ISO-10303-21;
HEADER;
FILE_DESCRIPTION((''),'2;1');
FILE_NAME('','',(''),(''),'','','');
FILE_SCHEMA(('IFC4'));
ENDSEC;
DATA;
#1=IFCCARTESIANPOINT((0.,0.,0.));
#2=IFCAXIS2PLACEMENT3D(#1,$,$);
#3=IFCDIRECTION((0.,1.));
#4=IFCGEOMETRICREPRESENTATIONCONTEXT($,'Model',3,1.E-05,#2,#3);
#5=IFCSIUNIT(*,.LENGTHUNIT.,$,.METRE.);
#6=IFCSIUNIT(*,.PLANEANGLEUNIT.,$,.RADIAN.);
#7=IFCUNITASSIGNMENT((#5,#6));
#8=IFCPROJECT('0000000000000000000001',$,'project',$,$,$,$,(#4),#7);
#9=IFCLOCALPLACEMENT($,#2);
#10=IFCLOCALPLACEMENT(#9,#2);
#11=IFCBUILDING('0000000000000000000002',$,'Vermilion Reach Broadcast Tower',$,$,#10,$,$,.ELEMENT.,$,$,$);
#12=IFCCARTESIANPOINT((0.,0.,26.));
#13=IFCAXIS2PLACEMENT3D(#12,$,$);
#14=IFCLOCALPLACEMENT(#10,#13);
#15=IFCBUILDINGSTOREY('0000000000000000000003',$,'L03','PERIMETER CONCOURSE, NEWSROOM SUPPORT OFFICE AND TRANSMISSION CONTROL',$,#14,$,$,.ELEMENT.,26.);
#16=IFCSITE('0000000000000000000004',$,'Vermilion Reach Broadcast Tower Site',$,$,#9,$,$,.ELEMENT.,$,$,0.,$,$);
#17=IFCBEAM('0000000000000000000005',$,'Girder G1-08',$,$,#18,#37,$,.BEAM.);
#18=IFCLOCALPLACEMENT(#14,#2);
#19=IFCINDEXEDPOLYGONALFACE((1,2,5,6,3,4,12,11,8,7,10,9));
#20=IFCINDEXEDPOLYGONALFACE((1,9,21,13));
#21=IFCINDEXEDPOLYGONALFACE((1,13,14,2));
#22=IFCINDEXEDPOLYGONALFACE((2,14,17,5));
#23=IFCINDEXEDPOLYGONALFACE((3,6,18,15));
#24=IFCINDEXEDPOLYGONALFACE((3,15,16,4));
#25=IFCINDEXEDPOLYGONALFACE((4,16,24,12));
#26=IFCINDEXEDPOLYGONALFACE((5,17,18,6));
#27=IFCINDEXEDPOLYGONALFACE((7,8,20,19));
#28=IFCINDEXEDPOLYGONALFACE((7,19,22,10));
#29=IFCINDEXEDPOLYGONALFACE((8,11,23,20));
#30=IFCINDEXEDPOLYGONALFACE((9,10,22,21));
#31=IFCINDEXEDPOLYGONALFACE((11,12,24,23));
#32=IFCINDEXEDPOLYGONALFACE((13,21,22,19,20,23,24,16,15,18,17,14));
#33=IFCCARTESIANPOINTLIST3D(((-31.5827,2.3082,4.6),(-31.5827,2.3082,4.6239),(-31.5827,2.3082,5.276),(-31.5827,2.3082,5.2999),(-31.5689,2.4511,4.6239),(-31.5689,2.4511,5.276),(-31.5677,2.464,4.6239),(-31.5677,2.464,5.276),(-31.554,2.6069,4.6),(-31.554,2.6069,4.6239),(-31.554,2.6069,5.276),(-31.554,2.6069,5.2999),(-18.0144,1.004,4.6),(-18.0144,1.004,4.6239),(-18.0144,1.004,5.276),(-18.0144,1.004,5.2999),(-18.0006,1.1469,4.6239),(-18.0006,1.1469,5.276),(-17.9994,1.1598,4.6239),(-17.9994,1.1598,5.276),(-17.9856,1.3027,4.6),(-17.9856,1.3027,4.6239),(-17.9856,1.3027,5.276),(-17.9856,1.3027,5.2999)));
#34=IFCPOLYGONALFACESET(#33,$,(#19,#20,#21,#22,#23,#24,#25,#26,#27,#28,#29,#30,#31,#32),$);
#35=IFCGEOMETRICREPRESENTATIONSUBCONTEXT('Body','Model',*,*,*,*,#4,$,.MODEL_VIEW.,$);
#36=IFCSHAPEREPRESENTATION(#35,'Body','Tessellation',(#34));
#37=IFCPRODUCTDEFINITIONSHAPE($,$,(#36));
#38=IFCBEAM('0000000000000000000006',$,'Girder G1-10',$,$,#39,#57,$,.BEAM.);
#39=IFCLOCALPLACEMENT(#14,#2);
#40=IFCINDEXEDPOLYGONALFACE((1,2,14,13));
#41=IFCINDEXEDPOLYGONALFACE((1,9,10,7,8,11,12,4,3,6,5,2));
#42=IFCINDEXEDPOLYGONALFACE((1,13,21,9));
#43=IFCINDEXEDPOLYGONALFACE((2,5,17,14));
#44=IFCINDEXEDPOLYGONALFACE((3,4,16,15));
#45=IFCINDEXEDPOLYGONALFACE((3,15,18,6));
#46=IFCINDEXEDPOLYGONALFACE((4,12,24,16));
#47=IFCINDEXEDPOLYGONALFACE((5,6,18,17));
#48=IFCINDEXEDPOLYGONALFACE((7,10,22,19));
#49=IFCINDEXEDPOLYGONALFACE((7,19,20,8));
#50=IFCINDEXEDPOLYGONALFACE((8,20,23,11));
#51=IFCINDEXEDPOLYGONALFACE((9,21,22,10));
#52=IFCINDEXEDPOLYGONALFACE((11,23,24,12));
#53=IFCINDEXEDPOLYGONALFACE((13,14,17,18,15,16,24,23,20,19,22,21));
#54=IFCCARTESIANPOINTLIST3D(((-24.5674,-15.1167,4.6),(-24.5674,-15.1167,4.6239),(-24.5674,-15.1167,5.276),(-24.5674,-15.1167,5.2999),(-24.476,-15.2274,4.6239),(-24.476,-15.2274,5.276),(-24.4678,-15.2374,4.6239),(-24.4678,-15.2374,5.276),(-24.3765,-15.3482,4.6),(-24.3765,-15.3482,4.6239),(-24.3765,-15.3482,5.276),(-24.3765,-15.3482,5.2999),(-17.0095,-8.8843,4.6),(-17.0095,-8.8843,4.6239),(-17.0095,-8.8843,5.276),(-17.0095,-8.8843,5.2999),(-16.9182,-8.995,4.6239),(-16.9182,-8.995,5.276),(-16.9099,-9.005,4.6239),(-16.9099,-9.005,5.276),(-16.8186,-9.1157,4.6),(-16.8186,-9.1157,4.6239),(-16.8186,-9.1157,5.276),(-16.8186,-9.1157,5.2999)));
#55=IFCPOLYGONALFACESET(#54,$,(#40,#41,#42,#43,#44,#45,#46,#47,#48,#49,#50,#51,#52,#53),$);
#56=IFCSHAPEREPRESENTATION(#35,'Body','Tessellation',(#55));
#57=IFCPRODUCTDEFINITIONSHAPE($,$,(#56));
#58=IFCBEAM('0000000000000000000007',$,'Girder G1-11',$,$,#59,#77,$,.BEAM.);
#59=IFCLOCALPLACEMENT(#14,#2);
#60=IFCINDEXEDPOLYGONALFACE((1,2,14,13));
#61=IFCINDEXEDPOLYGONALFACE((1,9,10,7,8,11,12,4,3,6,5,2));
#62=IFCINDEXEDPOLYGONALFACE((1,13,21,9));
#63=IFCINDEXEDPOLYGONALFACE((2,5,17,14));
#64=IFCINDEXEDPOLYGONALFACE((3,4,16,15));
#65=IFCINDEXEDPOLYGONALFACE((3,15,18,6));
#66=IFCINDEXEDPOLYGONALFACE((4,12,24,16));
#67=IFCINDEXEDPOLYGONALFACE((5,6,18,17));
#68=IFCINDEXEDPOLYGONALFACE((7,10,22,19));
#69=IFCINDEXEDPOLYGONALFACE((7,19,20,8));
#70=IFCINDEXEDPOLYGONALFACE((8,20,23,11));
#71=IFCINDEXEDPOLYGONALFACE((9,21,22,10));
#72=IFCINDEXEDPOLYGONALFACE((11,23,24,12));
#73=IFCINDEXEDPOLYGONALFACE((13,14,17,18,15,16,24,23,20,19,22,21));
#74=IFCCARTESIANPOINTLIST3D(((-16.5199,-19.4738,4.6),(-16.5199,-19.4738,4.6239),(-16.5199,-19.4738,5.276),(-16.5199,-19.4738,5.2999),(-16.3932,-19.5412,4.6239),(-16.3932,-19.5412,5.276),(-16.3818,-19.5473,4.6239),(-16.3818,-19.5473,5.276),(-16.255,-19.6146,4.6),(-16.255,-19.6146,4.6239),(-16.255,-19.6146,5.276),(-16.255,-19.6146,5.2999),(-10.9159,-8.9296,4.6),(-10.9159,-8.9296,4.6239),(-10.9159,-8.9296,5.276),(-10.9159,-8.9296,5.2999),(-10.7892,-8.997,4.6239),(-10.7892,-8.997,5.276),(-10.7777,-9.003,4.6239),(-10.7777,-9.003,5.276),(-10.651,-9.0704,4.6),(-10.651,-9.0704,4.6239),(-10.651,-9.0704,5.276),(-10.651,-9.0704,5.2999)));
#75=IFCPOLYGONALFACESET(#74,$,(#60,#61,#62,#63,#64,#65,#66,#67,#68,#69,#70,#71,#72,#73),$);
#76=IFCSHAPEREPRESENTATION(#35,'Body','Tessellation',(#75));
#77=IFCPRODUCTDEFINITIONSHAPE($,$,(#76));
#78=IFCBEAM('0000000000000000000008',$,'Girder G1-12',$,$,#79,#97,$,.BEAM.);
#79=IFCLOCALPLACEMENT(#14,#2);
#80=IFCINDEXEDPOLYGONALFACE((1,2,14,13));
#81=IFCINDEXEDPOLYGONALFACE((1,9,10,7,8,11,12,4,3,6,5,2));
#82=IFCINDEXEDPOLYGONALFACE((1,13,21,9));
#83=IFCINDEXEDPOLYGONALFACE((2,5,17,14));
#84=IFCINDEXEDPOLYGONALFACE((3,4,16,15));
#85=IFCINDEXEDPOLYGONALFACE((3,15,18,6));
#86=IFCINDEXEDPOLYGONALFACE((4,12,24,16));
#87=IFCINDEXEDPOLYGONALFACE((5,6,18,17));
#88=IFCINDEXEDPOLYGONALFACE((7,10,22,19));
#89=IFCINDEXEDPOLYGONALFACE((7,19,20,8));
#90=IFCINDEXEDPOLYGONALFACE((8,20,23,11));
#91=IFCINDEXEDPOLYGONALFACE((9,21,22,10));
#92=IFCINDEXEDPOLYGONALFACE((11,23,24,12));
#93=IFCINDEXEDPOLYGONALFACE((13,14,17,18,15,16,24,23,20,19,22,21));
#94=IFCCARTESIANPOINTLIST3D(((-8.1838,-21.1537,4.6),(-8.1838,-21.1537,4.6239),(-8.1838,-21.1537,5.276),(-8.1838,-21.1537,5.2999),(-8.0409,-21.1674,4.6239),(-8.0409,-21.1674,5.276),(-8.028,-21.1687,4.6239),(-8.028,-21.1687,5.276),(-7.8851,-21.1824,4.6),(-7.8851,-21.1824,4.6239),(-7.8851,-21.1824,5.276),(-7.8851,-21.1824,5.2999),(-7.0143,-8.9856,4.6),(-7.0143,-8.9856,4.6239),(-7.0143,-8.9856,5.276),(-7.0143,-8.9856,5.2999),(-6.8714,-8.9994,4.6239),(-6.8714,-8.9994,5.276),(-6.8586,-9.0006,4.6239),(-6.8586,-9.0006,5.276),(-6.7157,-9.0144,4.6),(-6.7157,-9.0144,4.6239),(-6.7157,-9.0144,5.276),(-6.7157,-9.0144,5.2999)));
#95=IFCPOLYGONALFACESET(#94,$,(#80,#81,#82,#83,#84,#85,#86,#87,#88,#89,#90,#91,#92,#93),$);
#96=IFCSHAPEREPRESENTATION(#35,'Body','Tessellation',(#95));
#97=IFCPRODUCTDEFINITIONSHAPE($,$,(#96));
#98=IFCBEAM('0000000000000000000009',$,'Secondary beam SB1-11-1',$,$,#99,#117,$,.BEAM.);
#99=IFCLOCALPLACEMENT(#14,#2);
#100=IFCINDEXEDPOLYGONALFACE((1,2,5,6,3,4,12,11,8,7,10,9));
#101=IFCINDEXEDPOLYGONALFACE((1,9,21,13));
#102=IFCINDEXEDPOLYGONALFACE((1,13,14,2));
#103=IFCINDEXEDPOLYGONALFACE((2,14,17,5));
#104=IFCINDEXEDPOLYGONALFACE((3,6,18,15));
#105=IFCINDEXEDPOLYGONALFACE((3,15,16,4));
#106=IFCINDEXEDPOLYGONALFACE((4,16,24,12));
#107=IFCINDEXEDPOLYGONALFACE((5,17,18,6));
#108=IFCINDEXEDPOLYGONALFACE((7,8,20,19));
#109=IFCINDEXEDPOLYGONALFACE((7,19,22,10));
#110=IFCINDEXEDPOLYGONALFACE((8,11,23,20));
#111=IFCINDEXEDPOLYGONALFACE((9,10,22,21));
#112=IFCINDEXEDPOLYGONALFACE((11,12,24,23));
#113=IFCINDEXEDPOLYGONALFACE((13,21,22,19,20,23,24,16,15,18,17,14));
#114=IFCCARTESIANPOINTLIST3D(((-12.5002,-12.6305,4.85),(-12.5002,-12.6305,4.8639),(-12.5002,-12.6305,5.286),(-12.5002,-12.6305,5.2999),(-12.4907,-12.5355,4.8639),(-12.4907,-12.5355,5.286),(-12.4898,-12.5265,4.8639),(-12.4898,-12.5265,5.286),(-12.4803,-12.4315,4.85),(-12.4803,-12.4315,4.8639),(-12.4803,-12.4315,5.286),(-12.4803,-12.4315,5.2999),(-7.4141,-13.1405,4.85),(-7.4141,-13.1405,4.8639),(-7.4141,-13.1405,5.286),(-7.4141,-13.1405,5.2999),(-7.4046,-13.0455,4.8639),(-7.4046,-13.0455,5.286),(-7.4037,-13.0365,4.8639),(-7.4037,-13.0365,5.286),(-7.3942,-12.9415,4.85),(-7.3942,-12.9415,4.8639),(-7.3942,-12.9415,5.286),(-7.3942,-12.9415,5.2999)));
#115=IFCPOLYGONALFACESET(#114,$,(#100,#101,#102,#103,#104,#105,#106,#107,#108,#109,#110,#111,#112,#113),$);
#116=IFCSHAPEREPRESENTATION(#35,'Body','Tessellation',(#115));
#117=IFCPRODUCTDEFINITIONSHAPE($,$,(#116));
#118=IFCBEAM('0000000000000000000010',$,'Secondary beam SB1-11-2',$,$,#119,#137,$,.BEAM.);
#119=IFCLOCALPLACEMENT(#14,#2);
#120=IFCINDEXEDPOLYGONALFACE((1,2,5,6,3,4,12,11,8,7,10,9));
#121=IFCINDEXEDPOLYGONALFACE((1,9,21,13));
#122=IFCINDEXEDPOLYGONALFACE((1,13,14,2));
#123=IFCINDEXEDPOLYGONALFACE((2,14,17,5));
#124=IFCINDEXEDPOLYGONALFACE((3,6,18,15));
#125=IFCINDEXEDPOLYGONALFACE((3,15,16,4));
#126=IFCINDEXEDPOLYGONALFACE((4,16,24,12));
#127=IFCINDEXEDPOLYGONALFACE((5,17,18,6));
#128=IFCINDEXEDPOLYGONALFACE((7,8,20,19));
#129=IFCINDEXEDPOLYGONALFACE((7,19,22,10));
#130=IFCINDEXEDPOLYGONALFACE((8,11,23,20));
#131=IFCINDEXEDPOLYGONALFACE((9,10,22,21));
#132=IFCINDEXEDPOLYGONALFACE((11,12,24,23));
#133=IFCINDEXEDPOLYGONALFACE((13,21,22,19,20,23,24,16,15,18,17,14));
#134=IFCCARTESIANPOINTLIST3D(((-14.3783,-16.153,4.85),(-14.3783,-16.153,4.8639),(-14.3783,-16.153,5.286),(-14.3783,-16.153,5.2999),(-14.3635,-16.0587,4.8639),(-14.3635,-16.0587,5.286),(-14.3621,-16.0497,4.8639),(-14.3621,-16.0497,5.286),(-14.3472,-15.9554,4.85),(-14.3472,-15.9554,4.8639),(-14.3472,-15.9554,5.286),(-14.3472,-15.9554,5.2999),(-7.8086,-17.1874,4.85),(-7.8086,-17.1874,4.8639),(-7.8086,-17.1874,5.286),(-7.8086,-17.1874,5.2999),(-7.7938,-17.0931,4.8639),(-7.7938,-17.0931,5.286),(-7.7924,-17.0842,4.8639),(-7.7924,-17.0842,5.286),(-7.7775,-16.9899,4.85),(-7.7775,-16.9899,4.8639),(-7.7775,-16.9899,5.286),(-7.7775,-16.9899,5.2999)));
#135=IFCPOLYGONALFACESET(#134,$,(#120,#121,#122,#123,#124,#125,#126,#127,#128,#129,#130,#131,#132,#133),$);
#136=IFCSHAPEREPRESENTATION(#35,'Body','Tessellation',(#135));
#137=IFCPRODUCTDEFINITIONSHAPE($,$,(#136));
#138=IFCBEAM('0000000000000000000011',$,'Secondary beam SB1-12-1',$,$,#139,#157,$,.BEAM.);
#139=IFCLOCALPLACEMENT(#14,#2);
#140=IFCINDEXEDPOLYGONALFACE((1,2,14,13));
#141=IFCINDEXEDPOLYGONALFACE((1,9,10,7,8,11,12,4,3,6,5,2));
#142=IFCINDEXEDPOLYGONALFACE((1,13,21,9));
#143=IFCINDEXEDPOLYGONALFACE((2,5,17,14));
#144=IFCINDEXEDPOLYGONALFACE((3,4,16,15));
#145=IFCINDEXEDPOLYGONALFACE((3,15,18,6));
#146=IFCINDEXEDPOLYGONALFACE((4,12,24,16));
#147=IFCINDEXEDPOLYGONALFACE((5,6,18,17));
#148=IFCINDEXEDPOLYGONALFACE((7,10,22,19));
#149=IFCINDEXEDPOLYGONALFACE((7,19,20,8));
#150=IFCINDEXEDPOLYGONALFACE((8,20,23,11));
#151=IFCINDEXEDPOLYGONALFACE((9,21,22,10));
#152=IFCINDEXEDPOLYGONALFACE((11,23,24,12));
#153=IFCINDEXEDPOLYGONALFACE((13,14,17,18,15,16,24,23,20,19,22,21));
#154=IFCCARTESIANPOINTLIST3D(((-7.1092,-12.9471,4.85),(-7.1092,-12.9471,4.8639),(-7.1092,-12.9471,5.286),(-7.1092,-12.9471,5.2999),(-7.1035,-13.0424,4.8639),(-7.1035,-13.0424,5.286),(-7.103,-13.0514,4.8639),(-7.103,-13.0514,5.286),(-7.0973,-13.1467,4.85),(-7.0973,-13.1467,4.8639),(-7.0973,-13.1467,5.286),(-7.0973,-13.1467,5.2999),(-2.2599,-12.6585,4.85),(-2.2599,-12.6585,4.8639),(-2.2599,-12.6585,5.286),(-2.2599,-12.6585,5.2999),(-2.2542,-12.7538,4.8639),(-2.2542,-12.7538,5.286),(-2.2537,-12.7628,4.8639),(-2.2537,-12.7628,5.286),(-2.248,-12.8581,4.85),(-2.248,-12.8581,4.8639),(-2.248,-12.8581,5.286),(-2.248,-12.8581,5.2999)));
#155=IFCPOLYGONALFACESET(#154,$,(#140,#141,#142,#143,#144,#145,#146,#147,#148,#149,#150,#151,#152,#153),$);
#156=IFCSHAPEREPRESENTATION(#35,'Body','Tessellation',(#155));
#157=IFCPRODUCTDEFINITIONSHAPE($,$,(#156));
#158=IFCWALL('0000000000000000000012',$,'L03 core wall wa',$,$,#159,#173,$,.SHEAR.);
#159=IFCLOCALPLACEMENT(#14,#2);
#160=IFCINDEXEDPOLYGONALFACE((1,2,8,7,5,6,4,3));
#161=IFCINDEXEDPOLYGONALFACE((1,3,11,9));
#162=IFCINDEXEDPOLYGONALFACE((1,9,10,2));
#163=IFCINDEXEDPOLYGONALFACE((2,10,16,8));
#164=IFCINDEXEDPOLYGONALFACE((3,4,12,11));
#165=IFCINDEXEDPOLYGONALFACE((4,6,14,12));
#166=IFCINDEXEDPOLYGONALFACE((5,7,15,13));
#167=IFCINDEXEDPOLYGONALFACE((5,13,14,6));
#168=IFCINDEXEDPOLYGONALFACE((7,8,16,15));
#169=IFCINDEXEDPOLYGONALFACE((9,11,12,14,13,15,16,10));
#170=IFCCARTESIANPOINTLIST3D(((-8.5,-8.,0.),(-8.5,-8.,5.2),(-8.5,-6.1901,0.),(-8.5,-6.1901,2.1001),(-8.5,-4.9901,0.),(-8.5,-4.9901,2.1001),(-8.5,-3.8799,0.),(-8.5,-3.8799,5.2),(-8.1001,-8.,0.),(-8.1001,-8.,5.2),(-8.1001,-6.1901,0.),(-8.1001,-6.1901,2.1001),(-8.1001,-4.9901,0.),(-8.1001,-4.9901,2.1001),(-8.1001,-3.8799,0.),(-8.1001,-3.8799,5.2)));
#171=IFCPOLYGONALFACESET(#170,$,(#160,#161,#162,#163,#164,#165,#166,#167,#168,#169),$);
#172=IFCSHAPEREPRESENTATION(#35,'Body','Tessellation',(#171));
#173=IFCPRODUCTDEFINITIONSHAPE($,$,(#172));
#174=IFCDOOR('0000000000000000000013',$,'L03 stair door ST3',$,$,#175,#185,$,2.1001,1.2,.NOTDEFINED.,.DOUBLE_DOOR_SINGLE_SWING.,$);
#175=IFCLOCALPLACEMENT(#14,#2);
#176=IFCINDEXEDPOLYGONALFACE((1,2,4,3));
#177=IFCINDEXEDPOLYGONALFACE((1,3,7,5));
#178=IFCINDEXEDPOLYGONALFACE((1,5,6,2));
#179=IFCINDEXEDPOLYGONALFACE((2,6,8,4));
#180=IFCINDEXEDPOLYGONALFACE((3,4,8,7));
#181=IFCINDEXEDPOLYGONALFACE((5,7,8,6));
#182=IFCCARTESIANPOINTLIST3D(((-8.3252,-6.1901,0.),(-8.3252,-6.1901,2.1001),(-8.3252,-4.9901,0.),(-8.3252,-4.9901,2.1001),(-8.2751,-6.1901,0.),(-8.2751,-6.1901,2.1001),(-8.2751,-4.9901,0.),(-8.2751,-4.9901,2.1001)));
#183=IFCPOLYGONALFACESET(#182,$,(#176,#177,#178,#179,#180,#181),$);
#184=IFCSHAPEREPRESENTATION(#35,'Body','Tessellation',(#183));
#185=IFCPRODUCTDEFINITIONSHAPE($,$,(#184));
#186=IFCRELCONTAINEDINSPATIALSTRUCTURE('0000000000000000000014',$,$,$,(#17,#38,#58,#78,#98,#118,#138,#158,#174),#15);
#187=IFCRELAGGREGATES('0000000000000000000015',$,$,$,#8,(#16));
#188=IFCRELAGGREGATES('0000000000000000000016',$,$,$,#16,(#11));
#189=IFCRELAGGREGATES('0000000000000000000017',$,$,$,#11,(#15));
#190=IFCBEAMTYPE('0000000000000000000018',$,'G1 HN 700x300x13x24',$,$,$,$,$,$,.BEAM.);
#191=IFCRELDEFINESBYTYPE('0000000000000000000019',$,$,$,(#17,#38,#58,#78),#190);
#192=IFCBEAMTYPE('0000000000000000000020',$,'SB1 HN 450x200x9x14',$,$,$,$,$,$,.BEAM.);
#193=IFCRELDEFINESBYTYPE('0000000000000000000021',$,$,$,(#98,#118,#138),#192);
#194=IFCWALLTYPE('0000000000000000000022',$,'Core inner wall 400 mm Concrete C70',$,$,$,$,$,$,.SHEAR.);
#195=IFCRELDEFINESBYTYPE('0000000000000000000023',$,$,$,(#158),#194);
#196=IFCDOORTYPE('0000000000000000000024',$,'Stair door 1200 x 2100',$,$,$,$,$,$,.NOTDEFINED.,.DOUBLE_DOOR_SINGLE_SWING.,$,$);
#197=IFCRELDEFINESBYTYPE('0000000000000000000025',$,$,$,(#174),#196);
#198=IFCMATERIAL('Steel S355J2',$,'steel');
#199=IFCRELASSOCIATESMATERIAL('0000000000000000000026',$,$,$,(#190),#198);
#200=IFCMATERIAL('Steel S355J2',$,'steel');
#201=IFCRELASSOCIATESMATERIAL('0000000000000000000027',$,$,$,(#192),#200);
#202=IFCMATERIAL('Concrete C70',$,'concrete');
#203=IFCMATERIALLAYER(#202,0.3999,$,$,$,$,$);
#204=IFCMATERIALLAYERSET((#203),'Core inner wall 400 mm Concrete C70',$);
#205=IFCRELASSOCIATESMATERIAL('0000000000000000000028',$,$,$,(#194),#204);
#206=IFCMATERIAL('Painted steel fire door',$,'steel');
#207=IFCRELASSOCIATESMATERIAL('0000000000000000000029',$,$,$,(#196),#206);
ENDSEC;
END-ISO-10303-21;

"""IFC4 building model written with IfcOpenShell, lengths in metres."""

from ifc_helpers import new_model, si_unit, direction, frame, frame_2d, origin, origin_2d, place, context, subcontext, project, spatial, rectangle, i_section, extrude, material, layer, layer_set, material_profile, profile_set, type_object, element, fill, save


model = new_model("IFC4")

# Units and contexts
model_context = context("Model", 3, precision=1e-05, world=origin(), true_north=direction((0.0, 1.0)))
body_context = subcontext(model_context, "Body", "Model", "MODEL_VIEW")
ifc_project = project(units=[si_unit("LENGTHUNIT", "METRE"), si_unit("PLANEANGLEUNIT", "RADIAN")], contexts=[model_context])

# Site, building, storey
site_placement = place(None, origin())
site = spatial("IfcSite", under=ifc_project, at=site_placement, Name="Vermilion Reach Broadcast Tower Site", CompositionType="ELEMENT", RefElevation=0.0)
building_placement = place(site_placement, origin())
building = spatial("IfcBuilding", under=site, at=building_placement, Name="Vermilion Reach Broadcast Tower", CompositionType="ELEMENT")
storey_placement = place(building_placement, frame((0.0, 0.0, 26.0)))
storey = spatial("IfcBuildingStorey", under=building, at=storey_placement, Name="L03", Description="PERIMETER CONCOURSE, NEWSROOM SUPPORT OFFICE AND TRANSMISSION CONTROL", CompositionType="ELEMENT", Elevation=26.0)

# Beams
ifc_material_1 = material(Name="Steel S355J2", Category="steel")
ifc_material_profile_1 = material_profile(ifc_material_1, i_section(OverallWidth=0.3, OverallDepth=0.7, WebThickness=0.0129, FlangeThickness=0.0239, at=origin_2d()), Name="S355J2 HN 700x300x13x24")
ifc_profile_set_1 = profile_set([ifc_material_profile_1], Name="Steel S355J2")
beam_type_1 = type_object("IfcBeamType", Name="G1 HN 700x300x13x24", PredefinedType="BEAM", material=ifc_profile_set_1)
beam_1_placement = place(storey_placement, frame((-18.0, 1.1533, 4.95), z_axis=(-0.995412, 0.09568, 0.0), x_axis=(-0.09568, -0.995412, 0.0)))
element("IfcBeam", 1, at=beam_1_placement, inside=storey, type_object=beam_type_1, Name="Girder G1-08", PredefinedType="BEAM", context=body_context, shape_type="SweptSolid", body=[
    extrude(i_section(OverallWidth=0.3, OverallDepth=0.7, WebThickness=0.0129, FlangeThickness=0.0239, at=origin_2d()), origin(), (0.0, 0.0, 1.0), 13.6309),
])
beam_2_placement = place(storey_placement, frame((-16.9141, -9.0, 4.95), z_axis=(-0.771514, -0.636212, 0.0), x_axis=(0.636212, -0.771514, 0.0)))
element("IfcBeam", 2, at=beam_2_placement, inside=storey, type_object=beam_type_1, Name="Girder G1-10", PredefinedType="BEAM", context=body_context, shape_type="SweptSolid", body=[
    extrude(i_section(OverallWidth=0.3, OverallDepth=0.7, WebThickness=0.0129, FlangeThickness=0.0239, at=origin_2d()), origin(), (0.0, 0.0, 1.0), 9.7961),
])
beam_3_placement = place(storey_placement, frame((-10.7834, -9.0, 4.95), z_axis=(-0.469312, -0.883032, 0.0), x_axis=(0.883032, -0.469312, 0.0)))
element("IfcBeam", 3, at=beam_3_placement, inside=storey, type_object=beam_type_1, Name="Girder G1-11", PredefinedType="BEAM", context=body_context, shape_type="SweptSolid", body=[
    extrude(i_section(OverallWidth=0.3, OverallDepth=0.7, WebThickness=0.0129, FlangeThickness=0.0239, at=origin_2d()), origin(), (0.0, 0.0, 1.0), 11.9409),
])
beam_4_placement = place(storey_placement, frame((-6.865, -9.0, 4.95), z_axis=(-0.095667, -0.995413, 0.0), x_axis=(0.995413, -0.095667, 0.0)))
element("IfcBeam", 4, at=beam_4_placement, inside=storey, type_object=beam_type_1, Name="Girder G1-12", PredefinedType="BEAM", context=body_context, shape_type="SweptSolid", body=[
    extrude(i_section(OverallWidth=0.3, OverallDepth=0.7, WebThickness=0.0129, FlangeThickness=0.0239, at=origin_2d()), origin(), (0.0, 0.0, 1.0), 12.2241),
])
ifc_material_2 = material(Name="Steel S355J2", Category="steel")
ifc_material_profile_2 = material_profile(ifc_material_2, i_section(OverallWidth=0.2, OverallDepth=0.45, WebThickness=0.009, FlangeThickness=0.0139, at=origin_2d()), Name="S355J2 HN 450x200x9x14")
ifc_profile_set_2 = profile_set([ifc_material_profile_2], Name="Steel S355J2")
beam_type_2 = type_object("IfcBeamType", Name="SB1 HN 450x200x9x14", PredefinedType="BEAM", material=ifc_profile_set_2)
beam_5_placement = place(storey_placement, frame((-12.4902, -12.531, 5.075), z_axis=(0.99501, -0.099773, 0.0), x_axis=(0.099773, 0.99501, 0.0)))
element("IfcBeam", 5, at=beam_5_placement, inside=storey, type_object=beam_type_2, Name="Secondary beam SB1-11-1", PredefinedType="BEAM", context=body_context, shape_type="SweptSolid", body=[
    extrude(i_section(OverallWidth=0.2, OverallDepth=0.45, WebThickness=0.009, FlangeThickness=0.0139, at=origin_2d()), origin(), (0.0, 0.0, 1.0), 5.1116),
])
beam_6_placement = place(storey_placement, frame((-14.3628, -16.0542, 5.075), z_axis=(0.98783, -0.15554, 0.0), x_axis=(0.15554, 0.98783, 0.0)))
element("IfcBeam", 6, at=beam_6_placement, inside=storey, type_object=beam_type_2, Name="Secondary beam SB1-11-2", PredefinedType="BEAM", context=body_context, shape_type="SweptSolid", body=[
    extrude(i_section(OverallWidth=0.2, OverallDepth=0.45, WebThickness=0.009, FlangeThickness=0.0139, at=origin_2d()), origin(), (0.0, 0.0, 1.0), 6.6506),
])
beam_7_placement = place(storey_placement, frame((-7.1033, -13.0469, 5.075), z_axis=(0.998234, 0.059403, 0.0), x_axis=(-0.059403, 0.998234, 0.0)))
element("IfcBeam", 7, at=beam_7_placement, inside=storey, type_object=beam_type_2, Name="Secondary beam SB1-12-1", PredefinedType="BEAM", context=body_context, shape_type="SweptSolid", body=[
    extrude(i_section(OverallWidth=0.2, OverallDepth=0.45, WebThickness=0.009, FlangeThickness=0.0139, at=origin_2d()), origin(), (0.0, 0.0, 1.0), 4.8579),
])

# Wall, opening, door
ifc_material_3 = material(Name="Concrete C70", Category="concrete")
ifc_layer_1 = layer(ifc_material_3, 0.3999)
ifc_layer_set_1 = layer_set([ifc_layer_1], Name="Core inner wall 400 mm Concrete C70")
wall_type_1 = type_object("IfcWallType", Name="Core inner wall 400 mm Concrete C70", PredefinedType="SHEAR", material=ifc_layer_set_1)
wall_1_placement = place(storey_placement, frame((-8.3, -3.8799, 0.0), z_axis=(0.0, 0.0, 1.0), x_axis=(0.0, -1.0, 0.0)))
wall_1 = element("IfcWall", 8, at=wall_1_placement, inside=storey, type_object=wall_type_1, Name="L03 core wall wa", PredefinedType="SHEAR", context=body_context, shape_type="SweptSolid", body=[
    extrude(rectangle(XDim=4.1201, YDim=0.3999, at=frame_2d((2.0601, 0.0))), origin(), (0.0, 0.0, 1.0), 5.2),
])
opening_1_placement = place(wall_1_placement, frame((1.1101, 0.0, 0.0)))
opening_1 = element("IfcOpeningElement", 9, at=opening_1_placement, cuts=wall_1, PredefinedType="OPENING", context=body_context, shape_type="SweptSolid", body=[
    extrude(rectangle(XDim=1.2, YDim=2.1001, at=frame_2d((0.6001, 1.05))), frame((0.0, 0.21, 0.0), z_axis=(0.0, -1.0, 0.0), x_axis=(1.0, 0.0, 0.0)), (0.0, 0.0, 1.0), 0.4199),
])
ifc_material_4 = material(Name="Painted steel fire door", Category="steel")
door_type_1 = type_object("IfcDoorType", Name="Stair door 1200 x 2100", OperationType="DOUBLE_DOOR_SINGLE_SWING", PredefinedType="NOTDEFINED", material=ifc_material_4)
door_1_placement = place(opening_1_placement, origin())
door_1 = element("IfcDoor", 10, at=door_1_placement, inside=storey, type_object=door_type_1, Name="L03 stair door ST3", OperationType="DOUBLE_DOOR_SINGLE_SWING", OverallHeight=2.1001, OverallWidth=1.2, PredefinedType="NOTDEFINED", context=body_context, shape_type="SweptSolid", body=[
    extrude(rectangle(XDim=1.2, YDim=2.1001, at=frame_2d((0.6001, 1.05))), frame((0.0, 0.0249, 0.0), z_axis=(0.0, -1.0, 0.0), x_axis=(1.0, 0.0, 0.0)), (0.0, 0.0, 1.0), 0.05),
])
fill(opening_1, door_1)

save(model, "model.ifc")
